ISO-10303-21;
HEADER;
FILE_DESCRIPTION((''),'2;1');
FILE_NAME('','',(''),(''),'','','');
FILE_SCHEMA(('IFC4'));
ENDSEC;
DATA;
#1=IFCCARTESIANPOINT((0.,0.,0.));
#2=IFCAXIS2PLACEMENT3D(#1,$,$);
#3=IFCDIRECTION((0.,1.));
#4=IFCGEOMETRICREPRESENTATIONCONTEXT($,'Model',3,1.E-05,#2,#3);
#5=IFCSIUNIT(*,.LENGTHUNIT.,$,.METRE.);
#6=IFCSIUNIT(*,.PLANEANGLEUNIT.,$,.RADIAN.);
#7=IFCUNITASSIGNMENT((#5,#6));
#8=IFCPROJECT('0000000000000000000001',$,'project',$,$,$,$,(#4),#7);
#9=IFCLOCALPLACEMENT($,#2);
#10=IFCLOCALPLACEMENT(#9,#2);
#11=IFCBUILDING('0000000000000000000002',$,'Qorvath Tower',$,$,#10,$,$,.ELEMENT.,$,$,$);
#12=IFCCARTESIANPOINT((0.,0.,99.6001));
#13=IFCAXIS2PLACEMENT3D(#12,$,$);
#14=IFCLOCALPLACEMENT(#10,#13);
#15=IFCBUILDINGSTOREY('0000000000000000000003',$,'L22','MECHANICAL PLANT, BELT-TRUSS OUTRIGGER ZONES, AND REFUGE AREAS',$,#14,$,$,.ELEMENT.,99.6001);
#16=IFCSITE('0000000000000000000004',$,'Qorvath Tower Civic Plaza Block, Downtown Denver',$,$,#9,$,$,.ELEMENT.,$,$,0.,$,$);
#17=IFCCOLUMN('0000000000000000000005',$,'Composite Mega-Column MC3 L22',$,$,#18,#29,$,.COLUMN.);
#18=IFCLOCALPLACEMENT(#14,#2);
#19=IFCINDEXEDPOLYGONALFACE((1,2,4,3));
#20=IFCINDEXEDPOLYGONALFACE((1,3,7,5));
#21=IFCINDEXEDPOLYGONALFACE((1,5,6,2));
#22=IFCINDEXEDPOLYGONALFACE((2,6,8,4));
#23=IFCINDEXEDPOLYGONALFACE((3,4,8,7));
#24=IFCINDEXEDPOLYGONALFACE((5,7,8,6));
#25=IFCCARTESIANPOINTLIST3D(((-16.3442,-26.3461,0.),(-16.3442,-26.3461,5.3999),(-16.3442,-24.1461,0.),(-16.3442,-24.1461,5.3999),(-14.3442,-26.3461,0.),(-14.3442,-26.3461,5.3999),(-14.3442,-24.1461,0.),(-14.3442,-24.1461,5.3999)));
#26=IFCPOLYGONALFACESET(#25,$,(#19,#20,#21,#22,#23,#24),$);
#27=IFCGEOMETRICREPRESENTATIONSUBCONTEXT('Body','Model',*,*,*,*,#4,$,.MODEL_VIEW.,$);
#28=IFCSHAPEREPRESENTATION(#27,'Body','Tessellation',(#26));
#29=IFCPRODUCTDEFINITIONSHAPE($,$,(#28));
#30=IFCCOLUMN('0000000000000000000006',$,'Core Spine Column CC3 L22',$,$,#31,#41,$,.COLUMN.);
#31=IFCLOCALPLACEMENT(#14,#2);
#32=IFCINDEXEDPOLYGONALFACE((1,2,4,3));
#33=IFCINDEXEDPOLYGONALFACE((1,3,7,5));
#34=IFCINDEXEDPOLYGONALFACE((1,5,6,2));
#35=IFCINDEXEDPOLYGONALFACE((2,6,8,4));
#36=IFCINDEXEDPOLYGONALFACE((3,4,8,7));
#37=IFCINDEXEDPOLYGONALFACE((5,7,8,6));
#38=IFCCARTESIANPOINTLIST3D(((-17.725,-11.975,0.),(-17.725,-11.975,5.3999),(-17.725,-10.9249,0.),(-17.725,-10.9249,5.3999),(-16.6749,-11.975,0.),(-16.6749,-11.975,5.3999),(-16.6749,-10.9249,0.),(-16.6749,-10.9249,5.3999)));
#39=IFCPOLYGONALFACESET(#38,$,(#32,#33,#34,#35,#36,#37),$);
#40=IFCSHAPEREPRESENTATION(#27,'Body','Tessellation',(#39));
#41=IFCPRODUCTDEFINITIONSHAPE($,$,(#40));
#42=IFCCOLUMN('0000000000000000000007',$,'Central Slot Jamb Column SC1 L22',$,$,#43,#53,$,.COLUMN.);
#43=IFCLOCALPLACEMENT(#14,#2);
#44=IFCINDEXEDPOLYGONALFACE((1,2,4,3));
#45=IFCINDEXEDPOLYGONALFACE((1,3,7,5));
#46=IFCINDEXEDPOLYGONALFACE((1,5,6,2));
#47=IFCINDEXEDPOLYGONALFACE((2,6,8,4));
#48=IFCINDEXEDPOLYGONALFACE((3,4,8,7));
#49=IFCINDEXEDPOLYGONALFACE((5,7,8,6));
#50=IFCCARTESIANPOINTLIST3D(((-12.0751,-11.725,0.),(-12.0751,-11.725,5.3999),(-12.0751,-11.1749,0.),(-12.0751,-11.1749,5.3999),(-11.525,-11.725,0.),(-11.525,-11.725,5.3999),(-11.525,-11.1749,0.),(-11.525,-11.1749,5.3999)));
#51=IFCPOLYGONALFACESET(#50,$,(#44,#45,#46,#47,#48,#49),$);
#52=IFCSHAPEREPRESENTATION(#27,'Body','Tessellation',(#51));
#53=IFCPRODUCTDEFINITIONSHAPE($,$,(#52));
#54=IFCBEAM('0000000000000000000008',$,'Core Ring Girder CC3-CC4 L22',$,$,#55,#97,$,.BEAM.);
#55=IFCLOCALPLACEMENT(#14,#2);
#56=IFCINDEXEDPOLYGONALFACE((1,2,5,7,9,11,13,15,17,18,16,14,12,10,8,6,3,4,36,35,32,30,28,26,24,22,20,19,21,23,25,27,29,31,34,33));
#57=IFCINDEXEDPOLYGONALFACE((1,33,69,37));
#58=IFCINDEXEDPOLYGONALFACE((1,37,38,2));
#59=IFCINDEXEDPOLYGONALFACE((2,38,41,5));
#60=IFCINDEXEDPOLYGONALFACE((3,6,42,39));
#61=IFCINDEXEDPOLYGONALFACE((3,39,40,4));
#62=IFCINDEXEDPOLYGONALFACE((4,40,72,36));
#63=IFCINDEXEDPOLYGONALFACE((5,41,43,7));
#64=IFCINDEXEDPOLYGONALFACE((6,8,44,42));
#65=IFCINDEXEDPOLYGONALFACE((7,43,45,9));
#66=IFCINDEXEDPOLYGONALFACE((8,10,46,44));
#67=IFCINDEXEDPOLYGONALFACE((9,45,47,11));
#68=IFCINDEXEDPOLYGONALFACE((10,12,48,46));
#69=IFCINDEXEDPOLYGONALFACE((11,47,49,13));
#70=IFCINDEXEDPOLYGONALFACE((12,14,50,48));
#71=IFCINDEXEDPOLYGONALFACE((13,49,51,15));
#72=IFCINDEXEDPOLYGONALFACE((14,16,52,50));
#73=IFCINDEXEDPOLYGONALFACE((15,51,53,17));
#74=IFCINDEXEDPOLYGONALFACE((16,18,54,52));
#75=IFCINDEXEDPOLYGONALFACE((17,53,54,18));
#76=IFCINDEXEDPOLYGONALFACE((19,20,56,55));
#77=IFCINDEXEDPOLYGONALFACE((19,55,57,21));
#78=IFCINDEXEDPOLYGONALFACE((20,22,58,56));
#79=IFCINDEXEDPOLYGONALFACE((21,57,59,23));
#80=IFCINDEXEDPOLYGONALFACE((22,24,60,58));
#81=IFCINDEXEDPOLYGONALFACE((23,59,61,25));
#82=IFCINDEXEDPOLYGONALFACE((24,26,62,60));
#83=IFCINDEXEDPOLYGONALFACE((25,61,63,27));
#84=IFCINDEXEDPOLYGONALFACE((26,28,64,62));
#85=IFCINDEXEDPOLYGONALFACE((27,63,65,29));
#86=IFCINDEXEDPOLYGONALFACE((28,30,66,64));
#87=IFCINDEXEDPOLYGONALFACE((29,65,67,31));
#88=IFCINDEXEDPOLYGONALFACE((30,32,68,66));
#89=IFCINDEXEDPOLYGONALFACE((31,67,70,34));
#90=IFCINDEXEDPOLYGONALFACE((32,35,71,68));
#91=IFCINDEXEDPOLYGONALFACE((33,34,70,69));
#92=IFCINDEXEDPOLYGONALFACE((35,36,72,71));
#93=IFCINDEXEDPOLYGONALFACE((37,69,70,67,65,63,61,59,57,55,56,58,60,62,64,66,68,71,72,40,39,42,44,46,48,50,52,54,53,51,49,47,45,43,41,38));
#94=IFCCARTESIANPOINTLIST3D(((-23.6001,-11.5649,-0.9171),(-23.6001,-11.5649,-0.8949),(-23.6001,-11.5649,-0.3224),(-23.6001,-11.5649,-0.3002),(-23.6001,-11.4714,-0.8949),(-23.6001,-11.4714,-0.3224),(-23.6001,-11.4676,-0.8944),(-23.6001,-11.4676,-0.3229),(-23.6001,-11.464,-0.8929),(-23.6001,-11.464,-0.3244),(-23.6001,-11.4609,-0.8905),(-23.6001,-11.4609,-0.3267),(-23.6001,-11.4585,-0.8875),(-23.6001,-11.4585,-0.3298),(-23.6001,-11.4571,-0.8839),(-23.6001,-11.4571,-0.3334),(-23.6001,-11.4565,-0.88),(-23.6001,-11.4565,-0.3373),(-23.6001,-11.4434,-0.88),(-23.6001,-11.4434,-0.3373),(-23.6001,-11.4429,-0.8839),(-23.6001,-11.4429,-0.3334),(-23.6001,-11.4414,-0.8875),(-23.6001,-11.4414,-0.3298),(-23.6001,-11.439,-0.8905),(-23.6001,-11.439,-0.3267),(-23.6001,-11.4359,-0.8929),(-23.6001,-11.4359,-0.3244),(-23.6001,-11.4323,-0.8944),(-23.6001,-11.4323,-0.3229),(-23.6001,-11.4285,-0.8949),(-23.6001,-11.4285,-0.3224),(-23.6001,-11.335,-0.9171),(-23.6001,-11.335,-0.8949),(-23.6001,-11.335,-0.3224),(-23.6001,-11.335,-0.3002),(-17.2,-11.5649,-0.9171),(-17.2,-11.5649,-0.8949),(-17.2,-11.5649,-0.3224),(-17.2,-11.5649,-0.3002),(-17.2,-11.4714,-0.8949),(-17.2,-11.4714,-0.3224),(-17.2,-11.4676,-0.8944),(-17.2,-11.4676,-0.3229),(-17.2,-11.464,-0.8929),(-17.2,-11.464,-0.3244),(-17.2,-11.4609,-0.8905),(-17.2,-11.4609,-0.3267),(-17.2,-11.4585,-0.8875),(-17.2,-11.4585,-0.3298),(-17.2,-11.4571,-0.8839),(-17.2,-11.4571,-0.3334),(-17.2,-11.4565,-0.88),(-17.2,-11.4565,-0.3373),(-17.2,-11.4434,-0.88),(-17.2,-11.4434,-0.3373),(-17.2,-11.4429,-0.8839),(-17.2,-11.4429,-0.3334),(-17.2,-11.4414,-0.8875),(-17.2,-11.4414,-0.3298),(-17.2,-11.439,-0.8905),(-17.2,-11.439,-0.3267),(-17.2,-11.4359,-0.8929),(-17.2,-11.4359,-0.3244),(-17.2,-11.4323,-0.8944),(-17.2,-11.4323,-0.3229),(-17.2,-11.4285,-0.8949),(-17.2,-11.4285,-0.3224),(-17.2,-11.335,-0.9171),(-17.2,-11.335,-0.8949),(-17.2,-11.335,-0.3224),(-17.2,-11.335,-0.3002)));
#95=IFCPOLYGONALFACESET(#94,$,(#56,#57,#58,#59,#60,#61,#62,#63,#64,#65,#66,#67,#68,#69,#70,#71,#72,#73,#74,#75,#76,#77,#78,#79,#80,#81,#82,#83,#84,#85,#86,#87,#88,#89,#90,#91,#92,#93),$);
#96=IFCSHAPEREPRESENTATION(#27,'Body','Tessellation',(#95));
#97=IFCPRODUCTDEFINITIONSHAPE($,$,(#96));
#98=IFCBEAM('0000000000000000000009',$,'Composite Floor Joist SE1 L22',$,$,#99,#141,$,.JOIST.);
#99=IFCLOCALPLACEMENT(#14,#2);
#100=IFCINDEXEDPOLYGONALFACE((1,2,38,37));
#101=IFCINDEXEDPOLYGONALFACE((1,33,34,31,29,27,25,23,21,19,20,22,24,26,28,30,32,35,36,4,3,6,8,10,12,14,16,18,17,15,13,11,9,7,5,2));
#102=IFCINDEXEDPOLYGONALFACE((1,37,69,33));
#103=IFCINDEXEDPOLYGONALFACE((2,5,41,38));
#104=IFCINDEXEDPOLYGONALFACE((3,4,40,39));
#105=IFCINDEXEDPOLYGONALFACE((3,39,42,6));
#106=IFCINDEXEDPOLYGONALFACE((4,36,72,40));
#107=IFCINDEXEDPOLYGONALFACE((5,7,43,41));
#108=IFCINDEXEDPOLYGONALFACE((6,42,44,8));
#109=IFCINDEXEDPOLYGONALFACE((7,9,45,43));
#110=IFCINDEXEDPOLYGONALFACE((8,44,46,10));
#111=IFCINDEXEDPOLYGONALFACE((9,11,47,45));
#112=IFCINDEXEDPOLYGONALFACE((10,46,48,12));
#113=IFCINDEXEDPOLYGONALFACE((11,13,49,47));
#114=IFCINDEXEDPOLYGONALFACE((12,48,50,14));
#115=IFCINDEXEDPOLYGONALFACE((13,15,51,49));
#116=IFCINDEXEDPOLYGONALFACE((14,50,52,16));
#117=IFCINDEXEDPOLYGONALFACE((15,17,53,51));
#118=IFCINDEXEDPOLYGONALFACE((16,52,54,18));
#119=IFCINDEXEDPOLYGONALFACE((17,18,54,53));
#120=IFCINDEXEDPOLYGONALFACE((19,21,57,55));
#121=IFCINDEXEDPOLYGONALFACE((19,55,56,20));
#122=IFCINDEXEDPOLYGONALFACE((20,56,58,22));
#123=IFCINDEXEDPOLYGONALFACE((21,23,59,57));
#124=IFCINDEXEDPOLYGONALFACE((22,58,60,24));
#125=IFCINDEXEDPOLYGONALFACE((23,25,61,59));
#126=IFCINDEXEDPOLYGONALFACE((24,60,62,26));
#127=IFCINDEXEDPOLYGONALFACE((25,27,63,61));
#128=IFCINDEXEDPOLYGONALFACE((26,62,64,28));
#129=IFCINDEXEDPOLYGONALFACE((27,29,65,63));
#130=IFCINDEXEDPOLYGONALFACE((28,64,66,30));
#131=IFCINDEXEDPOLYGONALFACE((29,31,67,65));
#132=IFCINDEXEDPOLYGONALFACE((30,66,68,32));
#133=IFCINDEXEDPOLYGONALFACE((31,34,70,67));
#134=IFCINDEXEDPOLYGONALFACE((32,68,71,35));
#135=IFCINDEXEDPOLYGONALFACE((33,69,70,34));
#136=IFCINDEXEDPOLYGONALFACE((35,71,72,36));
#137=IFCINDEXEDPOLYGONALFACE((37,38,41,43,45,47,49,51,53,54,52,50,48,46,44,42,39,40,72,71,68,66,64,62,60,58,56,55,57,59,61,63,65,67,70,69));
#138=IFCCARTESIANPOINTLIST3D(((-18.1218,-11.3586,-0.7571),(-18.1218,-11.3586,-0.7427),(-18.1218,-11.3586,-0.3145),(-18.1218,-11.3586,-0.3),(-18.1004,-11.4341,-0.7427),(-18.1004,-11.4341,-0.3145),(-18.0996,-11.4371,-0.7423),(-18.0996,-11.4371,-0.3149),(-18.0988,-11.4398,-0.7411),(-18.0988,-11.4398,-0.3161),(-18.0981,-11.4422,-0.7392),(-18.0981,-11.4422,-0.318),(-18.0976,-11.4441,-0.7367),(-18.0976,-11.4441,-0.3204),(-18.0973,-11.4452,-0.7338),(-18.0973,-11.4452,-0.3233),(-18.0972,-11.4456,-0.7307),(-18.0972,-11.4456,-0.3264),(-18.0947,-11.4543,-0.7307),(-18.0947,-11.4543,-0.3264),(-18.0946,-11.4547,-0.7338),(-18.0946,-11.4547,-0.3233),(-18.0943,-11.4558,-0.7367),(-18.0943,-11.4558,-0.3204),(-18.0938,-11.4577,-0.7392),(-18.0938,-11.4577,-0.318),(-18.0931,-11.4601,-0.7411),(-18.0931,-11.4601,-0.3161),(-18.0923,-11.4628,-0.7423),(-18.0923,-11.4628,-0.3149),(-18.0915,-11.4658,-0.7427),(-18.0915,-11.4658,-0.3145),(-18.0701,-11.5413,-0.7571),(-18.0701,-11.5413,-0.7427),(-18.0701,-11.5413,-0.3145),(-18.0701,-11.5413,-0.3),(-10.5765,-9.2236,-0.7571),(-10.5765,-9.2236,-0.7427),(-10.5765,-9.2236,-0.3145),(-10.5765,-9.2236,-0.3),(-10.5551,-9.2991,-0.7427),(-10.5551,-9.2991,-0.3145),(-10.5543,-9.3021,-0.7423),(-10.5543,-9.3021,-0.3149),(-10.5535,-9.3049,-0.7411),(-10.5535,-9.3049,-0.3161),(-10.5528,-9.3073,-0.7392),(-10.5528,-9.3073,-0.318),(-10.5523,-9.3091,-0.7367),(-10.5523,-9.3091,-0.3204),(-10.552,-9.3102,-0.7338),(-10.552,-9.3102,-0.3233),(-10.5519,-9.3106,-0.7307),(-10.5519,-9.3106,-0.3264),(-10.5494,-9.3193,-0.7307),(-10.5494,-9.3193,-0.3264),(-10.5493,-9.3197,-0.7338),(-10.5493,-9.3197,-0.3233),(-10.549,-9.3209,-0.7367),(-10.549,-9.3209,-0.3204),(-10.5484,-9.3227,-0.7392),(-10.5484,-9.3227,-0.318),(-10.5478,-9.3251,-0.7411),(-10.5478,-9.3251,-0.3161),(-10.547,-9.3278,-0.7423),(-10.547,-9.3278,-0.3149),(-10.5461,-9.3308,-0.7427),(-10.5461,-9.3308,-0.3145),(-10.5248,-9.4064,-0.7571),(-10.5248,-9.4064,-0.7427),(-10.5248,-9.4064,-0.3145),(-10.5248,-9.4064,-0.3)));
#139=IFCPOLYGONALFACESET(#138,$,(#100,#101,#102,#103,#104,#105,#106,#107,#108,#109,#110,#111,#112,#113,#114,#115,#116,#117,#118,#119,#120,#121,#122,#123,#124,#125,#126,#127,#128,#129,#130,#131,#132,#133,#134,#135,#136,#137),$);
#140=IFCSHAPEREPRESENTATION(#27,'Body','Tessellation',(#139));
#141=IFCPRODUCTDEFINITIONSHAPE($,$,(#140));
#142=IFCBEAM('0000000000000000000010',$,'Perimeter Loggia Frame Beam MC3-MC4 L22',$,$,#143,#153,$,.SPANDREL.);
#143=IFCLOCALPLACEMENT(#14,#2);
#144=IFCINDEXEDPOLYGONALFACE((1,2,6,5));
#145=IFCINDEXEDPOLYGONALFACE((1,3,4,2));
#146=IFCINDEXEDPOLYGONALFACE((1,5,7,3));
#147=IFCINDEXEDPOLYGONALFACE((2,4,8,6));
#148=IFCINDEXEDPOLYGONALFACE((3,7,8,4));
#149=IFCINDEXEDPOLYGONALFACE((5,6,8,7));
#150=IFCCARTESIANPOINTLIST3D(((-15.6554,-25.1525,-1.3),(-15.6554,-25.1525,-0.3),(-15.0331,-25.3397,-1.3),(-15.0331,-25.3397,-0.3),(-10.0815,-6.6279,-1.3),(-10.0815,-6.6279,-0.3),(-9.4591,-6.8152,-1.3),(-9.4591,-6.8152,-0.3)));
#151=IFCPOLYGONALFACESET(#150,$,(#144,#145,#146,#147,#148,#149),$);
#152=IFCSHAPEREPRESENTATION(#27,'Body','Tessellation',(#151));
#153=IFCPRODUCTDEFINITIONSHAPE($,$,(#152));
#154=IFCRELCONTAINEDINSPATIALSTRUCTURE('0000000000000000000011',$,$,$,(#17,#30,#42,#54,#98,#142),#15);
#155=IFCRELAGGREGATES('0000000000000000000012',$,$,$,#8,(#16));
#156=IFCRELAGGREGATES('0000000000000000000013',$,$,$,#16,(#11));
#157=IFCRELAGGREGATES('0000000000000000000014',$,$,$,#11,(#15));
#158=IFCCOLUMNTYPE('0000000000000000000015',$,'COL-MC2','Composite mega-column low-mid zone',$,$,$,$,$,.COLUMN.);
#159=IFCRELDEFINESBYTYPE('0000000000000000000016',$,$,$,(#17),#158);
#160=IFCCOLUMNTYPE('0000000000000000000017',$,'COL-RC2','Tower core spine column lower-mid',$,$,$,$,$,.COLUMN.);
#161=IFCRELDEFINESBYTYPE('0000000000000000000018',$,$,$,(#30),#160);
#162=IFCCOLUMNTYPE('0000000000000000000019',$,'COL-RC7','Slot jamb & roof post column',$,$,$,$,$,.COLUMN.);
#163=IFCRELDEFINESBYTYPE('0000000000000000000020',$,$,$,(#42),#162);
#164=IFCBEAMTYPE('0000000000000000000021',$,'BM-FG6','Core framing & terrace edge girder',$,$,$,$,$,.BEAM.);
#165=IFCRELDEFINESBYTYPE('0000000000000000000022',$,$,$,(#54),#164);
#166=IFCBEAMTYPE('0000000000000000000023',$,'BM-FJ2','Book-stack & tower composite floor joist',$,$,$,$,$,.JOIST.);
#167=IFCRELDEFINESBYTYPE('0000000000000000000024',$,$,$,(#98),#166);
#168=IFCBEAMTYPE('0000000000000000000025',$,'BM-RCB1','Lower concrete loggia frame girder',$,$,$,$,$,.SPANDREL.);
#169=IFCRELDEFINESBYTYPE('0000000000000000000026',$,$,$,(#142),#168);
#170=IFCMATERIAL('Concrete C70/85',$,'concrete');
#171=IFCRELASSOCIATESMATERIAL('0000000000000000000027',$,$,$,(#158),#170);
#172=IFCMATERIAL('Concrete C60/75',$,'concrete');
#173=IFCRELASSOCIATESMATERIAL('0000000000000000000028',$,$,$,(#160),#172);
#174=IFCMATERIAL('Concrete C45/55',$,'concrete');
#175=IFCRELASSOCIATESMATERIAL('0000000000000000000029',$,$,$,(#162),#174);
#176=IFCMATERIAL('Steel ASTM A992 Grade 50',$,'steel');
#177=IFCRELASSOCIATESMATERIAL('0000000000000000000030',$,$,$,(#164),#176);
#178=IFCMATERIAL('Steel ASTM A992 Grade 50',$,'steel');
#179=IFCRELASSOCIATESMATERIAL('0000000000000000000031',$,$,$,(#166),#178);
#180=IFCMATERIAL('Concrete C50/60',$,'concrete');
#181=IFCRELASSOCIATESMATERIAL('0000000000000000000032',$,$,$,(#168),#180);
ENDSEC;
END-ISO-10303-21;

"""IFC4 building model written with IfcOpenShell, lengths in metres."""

from ifc_helpers import new_model, si_unit, direction, frame, origin, origin_2d, place, context, subcontext, project, spatial, rectangle, i_section, extrude, material, material_profile, profile_set, type_object, element, save


model = new_model("IFC4")

# Units and contexts
model_context = context("Model", 3, precision=1e-05, world=origin(), true_north=direction((0.0, 1.0)))
body_context = subcontext(model_context, "Body", "Model", "MODEL_VIEW")
ifc_project = project(units=[si_unit("LENGTHUNIT", "METRE"), si_unit("PLANEANGLEUNIT", "RADIAN")], contexts=[model_context])

# Site, building, storey
site_placement = place(None, origin())
site = spatial("IfcSite", under=ifc_project, at=site_placement, Name="Qorvath Tower Civic Plaza Block, Downtown Denver", CompositionType="ELEMENT", RefElevation=0.0)
building_placement = place(site_placement, origin())
building = spatial("IfcBuilding", under=site, at=building_placement, Name="Qorvath Tower", CompositionType="ELEMENT")
storey_placement = place(building_placement, frame((0.0, 0.0, 99.6001)))
storey = spatial("IfcBuildingStorey", under=building, at=storey_placement, Name="L22", Description="MECHANICAL PLANT, BELT-TRUSS OUTRIGGER ZONES, AND REFUGE AREAS", CompositionType="ELEMENT", Elevation=99.6001)

# Columns
ifc_material_1 = material(Name="Concrete C70/85", Category="concrete")
ifc_material_profile_1 = material_profile(ifc_material_1, rectangle(XDim=2.0, YDim=2.2, at=origin_2d()), Name="MC 2200x2000")
ifc_profile_set_1 = profile_set([ifc_material_profile_1], Name="Concrete C70/85")
column_type_1 = type_object("IfcColumnType", Name="COL-MC2", Description="Composite mega-column low-mid zone", PredefinedType="COLUMN", material=ifc_profile_set_1)
column_1_placement = place(storey_placement, frame((-15.3442, -25.2461, 0.0), z_axis=(0.0, 0.0, 1.0), x_axis=(1.0, 0.0, 0.0)))
element("IfcColumn", 1, at=column_1_placement, inside=storey, type_object=column_type_1, Name="Composite Mega-Column MC3 L22", PredefinedType="COLUMN", context=body_context, shape_type="SweptSolid", body=[
    extrude(rectangle(XDim=2.0, YDim=2.2, at=origin_2d()), origin(), (0.0, 0.0, 1.0), 5.3999),
])
ifc_material_2 = material(Name="Concrete C60/75", Category="concrete")
ifc_material_profile_2 = material_profile(ifc_material_2, rectangle(XDim=1.05, YDim=1.05, at=origin_2d()), Name="RC 1050x1050")
ifc_profile_set_2 = profile_set([ifc_material_profile_2], Name="Concrete C60/75")
column_type_2 = type_object("IfcColumnType", Name="COL-RC2", Description="Tower core spine column lower-mid", PredefinedType="COLUMN", material=ifc_profile_set_2)
column_2_placement = place(storey_placement, frame((-17.2, -11.45, 0.0), z_axis=(0.0, 0.0, 1.0), x_axis=(1.0, 0.0, 0.0)))
element("IfcColumn", 2, at=column_2_placement, inside=storey, type_object=column_type_2, Name="Core Spine Column CC3 L22", PredefinedType="COLUMN", context=body_context, shape_type="SweptSolid", body=[
    extrude(rectangle(XDim=1.05, YDim=1.05, at=origin_2d()), origin(), (0.0, 0.0, 1.0), 5.3999),
])
ifc_material_3 = material(Name="Concrete C45/55", Category="concrete")
ifc_material_profile_3 = material_profile(ifc_material_3, rectangle(XDim=0.55, YDim=0.55, at=origin_2d()), Name="RC 550x550")
ifc_profile_set_3 = profile_set([ifc_material_profile_3], Name="Concrete C45/55")
column_type_3 = type_object("IfcColumnType", Name="COL-RC7", Description="Slot jamb & roof post column", PredefinedType="COLUMN", material=ifc_profile_set_3)
column_3_placement = place(storey_placement, frame((-11.8, -11.45, 0.0), z_axis=(0.0, 0.0, 1.0), x_axis=(1.0, 0.0, 0.0)))
element("IfcColumn", 3, at=column_3_placement, inside=storey, type_object=column_type_3, Name="Central Slot Jamb Column SC1 L22", PredefinedType="COLUMN", context=body_context, shape_type="SweptSolid", body=[
    extrude(rectangle(XDim=0.55, YDim=0.55, at=origin_2d()), origin(), (0.0, 0.0, 1.0), 5.3999),
])

# Beams
ifc_material_4 = material(Name="Steel ASTM A992 Grade 50", Category="steel")
ifc_material_profile_4 = material_profile(ifc_material_4, i_section(OverallWidth=0.23, OverallDepth=0.6169, WebThickness=0.0132, FlangeThickness=0.0222, FilletRadius=0.0149, at=origin_2d()), Name="W24x94")
ifc_profile_set_4 = profile_set([ifc_material_profile_4], Name="Steel ASTM A992 Grade 50")
beam_type_1 = type_object("IfcBeamType", Name="BM-FG6", Description="Core framing & terrace edge girder", PredefinedType="BEAM", material=ifc_profile_set_4)
beam_1_placement = place(storey_placement, frame((-17.2, -11.45, -0.6086), z_axis=(-1.0, 0.0, 0.0), x_axis=(0.0, -1.0, 0.0)))
element("IfcBeam", 4, at=beam_1_placement, inside=storey, type_object=beam_type_1, Name="Core Ring Girder CC3-CC4 L22", PredefinedType="BEAM", context=body_context, shape_type="SweptSolid", body=[
    extrude(i_section(OverallWidth=0.23, OverallDepth=0.6169, WebThickness=0.0132, FlangeThickness=0.0222, FilletRadius=0.0149, at=origin_2d()), origin(), (0.0, 0.0, 1.0), 6.4001),
])
ifc_material_5 = material(Name="Steel ASTM A992 Grade 50", Category="steel")
ifc_material_profile_5 = material_profile(ifc_material_5, i_section(OverallWidth=0.1899, OverallDepth=0.457, WebThickness=0.009, FlangeThickness=0.0144, FilletRadius=0.012, at=origin_2d()), Name="W18x50")
ifc_profile_set_5 = profile_set([ifc_material_profile_5], Name="Steel ASTM A992 Grade 50")
beam_type_2 = type_object("IfcBeamType", Name="BM-FJ2", Description="Book-stack & tower composite floor joist", PredefinedType="JOIST", material=ifc_profile_set_5)
beam_2_placement = place(storey_placement, frame((-18.0959, -11.45, -0.5286), z_axis=(0.962222, 0.272265, 0.0), x_axis=(-0.272265, 0.962222, 0.0)))
element("IfcBeam", 5, at=beam_2_placement, inside=storey, type_object=beam_type_2, Name="Composite Floor Joist SE1 L22", PredefinedType="JOIST", context=body_context, shape_type="SweptSolid", body=[
    extrude(i_section(OverallWidth=0.1899, OverallDepth=0.457, WebThickness=0.009, FlangeThickness=0.0144, FilletRadius=0.012, at=origin_2d()), origin(), (0.0, 0.0, 1.0), 7.8416),
])
ifc_material_6 = material(Name="Concrete C50/60", Category="concrete")
ifc_material_profile_6 = material_profile(ifc_material_6, rectangle(XDim=0.6499, YDim=1.0, at=origin_2d()), Name="RCB 1000x650")
ifc_profile_set_6 = profile_set([ifc_material_profile_6], Name="Concrete C50/60")
beam_type_3 = type_object("IfcBeamType", Name="BM-RCB1", Description="Lower concrete loggia frame girder", PredefinedType="SPANDREL", material=ifc_profile_set_6)
beam_3_placement = place(storey_placement, frame((-15.3442, -25.2461, -0.8), z_axis=(0.288134, 0.95759, 0.0), x_axis=(-0.95759, 0.288134, 0.0)))
element("IfcBeam", 6, at=beam_3_placement, inside=storey, type_object=beam_type_3, Name="Perimeter Loggia Frame Beam MC3-MC4 L22", PredefinedType="SPANDREL", context=body_context, shape_type="SweptSolid", body=[
    extrude(rectangle(XDim=0.6499, YDim=1.0, at=origin_2d()), origin(), (0.0, 0.0, 1.0), 19.345),
])

save(model, "model.ifc")
